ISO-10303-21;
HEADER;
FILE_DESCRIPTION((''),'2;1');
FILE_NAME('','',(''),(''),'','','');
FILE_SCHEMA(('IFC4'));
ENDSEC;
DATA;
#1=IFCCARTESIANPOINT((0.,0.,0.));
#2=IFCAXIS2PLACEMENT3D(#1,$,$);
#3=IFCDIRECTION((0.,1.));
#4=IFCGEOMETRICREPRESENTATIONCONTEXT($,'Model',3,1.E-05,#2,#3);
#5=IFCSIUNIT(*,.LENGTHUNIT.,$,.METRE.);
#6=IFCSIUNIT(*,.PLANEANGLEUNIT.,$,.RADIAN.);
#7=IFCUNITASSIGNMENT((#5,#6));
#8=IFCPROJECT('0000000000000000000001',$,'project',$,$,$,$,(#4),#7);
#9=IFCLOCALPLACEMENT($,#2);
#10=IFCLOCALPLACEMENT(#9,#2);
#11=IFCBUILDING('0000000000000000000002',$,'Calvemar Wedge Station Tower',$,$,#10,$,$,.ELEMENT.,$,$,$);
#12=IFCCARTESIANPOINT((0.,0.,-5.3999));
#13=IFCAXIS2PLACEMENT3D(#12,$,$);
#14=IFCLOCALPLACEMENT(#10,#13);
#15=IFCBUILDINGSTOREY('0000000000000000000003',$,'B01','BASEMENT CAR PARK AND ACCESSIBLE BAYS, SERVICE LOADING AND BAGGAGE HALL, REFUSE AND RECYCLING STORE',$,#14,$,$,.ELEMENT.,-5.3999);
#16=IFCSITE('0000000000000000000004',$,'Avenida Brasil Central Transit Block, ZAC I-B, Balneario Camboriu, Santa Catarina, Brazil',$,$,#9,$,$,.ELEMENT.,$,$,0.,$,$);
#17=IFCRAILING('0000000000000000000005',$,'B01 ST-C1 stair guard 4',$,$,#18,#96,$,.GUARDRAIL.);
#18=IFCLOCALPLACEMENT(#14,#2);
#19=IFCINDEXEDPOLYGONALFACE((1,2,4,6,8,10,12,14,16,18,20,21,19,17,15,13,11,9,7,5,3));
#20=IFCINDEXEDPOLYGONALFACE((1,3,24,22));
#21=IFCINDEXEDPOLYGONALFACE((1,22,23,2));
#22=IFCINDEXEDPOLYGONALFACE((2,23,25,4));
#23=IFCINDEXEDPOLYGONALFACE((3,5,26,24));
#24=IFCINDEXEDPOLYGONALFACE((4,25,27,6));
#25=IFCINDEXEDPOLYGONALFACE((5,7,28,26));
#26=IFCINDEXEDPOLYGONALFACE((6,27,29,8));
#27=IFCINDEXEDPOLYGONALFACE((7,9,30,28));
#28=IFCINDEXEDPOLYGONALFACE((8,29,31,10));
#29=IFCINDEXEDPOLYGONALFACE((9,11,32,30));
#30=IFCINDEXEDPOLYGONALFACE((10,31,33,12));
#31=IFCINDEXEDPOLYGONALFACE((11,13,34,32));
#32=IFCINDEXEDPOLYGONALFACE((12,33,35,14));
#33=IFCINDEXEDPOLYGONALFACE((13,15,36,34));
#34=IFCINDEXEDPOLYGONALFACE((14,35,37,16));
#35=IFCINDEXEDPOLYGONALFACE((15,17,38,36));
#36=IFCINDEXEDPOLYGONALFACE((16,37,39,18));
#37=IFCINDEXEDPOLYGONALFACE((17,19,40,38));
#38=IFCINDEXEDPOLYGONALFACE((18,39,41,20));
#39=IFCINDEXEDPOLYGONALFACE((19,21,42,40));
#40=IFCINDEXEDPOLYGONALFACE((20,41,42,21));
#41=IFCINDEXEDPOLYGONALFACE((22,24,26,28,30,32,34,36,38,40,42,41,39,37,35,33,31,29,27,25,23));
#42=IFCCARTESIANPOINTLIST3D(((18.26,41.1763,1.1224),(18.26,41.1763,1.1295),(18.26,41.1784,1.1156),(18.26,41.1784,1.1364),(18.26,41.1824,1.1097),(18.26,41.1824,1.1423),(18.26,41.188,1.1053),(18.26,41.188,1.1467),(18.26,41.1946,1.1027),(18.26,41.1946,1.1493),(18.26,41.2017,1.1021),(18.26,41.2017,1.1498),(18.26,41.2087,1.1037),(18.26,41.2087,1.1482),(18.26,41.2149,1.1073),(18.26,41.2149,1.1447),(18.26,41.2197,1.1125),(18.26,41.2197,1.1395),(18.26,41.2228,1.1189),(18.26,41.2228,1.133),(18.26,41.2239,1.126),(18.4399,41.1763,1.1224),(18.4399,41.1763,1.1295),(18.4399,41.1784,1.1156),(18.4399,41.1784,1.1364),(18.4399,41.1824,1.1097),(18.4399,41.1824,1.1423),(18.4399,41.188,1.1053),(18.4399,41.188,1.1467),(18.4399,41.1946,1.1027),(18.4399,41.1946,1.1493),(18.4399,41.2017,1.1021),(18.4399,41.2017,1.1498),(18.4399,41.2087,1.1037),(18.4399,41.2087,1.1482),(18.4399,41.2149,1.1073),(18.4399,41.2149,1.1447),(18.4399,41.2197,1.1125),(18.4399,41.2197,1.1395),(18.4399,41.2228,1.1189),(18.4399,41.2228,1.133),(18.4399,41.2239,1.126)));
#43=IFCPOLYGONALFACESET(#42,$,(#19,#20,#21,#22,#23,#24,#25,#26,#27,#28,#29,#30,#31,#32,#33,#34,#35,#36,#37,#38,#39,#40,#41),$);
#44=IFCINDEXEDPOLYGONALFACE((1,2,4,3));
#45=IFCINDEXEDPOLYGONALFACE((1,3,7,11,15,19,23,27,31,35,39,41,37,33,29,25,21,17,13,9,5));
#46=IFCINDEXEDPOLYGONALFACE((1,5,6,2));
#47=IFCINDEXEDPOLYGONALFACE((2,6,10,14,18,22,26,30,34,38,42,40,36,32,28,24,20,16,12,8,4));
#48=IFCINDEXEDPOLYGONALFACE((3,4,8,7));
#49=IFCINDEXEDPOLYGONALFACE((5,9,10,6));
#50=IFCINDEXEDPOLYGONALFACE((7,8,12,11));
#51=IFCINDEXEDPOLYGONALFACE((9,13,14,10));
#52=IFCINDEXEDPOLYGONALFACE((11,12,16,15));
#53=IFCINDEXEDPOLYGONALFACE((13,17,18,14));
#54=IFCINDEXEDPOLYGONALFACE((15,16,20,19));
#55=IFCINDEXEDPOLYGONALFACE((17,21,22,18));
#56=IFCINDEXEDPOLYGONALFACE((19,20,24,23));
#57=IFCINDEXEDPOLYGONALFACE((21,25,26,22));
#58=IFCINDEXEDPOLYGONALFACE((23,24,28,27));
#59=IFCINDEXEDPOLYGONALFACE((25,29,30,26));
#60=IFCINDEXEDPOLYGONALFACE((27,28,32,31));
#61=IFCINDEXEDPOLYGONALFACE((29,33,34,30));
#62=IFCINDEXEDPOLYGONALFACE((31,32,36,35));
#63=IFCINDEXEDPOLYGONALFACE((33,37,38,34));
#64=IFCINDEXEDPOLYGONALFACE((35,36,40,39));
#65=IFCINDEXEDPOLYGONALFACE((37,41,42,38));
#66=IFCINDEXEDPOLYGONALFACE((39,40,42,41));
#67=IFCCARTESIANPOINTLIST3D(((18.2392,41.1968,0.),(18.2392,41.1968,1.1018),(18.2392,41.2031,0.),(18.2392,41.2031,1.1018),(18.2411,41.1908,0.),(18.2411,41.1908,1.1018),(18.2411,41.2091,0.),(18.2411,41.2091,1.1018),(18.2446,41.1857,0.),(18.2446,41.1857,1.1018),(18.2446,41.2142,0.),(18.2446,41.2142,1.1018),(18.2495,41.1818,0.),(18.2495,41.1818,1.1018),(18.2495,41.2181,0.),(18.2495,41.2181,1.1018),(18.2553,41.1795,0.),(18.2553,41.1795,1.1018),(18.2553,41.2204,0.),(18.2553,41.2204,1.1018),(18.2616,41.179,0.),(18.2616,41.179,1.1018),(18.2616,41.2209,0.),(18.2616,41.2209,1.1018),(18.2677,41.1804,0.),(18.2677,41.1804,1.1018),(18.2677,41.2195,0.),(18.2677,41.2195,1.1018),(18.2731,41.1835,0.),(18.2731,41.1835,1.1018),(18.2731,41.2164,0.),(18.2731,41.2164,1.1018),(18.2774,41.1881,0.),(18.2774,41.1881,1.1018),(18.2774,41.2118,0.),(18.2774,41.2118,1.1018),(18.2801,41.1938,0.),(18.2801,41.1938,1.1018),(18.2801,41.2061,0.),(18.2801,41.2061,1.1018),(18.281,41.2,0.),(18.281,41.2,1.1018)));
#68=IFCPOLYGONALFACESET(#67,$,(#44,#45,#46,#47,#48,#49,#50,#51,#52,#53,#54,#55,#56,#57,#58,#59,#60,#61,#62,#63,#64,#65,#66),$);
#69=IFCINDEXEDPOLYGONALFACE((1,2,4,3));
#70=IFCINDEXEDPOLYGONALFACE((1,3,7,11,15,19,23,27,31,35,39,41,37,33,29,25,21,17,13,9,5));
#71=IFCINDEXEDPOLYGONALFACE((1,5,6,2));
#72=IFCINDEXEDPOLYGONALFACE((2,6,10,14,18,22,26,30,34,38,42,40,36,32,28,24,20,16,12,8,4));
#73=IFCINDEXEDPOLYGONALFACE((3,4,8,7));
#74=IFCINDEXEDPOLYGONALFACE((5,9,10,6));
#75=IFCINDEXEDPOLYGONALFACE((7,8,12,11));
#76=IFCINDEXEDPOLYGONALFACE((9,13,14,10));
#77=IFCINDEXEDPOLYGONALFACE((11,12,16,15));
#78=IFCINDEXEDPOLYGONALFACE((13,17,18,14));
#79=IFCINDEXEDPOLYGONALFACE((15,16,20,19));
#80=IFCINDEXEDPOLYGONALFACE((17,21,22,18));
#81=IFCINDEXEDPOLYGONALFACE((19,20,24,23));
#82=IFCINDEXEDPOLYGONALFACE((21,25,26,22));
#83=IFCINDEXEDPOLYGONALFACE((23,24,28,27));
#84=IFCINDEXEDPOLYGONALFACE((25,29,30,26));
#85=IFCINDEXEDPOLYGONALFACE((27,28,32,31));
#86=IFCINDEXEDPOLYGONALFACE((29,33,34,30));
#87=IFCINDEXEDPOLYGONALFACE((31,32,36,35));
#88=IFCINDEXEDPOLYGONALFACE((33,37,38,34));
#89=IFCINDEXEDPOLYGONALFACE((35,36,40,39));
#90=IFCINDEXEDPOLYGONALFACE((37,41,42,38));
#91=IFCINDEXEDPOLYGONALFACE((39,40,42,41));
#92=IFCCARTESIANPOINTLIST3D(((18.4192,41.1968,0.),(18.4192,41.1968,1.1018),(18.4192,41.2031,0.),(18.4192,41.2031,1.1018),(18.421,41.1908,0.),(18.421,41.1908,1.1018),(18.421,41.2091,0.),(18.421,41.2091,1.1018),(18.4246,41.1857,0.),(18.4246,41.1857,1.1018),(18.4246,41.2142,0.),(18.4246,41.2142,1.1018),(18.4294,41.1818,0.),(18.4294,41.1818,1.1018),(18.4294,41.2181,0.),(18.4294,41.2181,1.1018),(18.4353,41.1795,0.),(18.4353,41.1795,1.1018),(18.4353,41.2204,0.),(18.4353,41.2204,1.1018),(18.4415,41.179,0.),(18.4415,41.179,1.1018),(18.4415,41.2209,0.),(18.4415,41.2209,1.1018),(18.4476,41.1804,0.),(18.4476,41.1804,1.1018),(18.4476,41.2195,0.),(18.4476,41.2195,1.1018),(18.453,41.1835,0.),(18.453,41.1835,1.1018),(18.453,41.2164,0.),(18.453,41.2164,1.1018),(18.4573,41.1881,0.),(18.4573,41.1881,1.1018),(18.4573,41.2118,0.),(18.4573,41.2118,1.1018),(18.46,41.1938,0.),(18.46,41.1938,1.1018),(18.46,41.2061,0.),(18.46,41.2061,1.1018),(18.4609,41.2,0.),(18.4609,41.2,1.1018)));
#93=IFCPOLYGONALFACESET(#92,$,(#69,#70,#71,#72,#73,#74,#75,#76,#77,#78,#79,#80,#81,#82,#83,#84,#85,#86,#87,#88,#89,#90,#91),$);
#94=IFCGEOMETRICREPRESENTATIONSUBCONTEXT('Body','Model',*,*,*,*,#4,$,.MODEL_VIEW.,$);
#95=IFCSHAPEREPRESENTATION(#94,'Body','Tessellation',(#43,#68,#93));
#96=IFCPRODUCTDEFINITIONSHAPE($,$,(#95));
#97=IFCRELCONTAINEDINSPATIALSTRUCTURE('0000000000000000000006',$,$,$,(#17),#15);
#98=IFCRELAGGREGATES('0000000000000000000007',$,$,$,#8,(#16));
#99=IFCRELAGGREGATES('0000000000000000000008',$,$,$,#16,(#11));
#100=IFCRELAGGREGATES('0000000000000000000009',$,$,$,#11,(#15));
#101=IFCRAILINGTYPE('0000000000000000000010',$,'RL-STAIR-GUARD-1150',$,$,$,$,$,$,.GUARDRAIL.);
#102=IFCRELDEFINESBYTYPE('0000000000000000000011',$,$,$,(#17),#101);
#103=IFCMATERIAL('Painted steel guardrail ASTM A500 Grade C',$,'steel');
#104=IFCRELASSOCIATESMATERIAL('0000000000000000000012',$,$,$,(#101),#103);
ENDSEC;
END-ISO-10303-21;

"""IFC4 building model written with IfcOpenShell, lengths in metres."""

from ifc_helpers import new_model, si_unit, direction, frame, origin, origin_2d, place, context, subcontext, project, spatial, circle, extrude, material, type_object, element, save


model = new_model("IFC4")

# Units and contexts
model_context = context("Model", 3, precision=1e-05, world=origin(), true_north=direction((0.0, 1.0)))
body_context = subcontext(model_context, "Body", "Model", "MODEL_VIEW")
ifc_project = project(units=[si_unit("LENGTHUNIT", "METRE"), si_unit("PLANEANGLEUNIT", "RADIAN")], contexts=[model_context])

# Site, building, storey
site_placement = place(None, origin())
site = spatial("IfcSite", under=ifc_project, at=site_placement, Name="Avenida Brasil Central Transit Block, ZAC I-B, Balneario Camboriu, Santa Catarina, Brazil", CompositionType="ELEMENT", RefElevation=0.0)
building_placement = place(site_placement, origin())
building = spatial("IfcBuilding", under=site, at=building_placement, Name="Calvemar Wedge Station Tower", CompositionType="ELEMENT")
storey_placement = place(building_placement, frame((0.0, 0.0, -5.3999)))
storey = spatial("IfcBuildingStorey", under=building, at=storey_placement, Name="B01", Description="BASEMENT CAR PARK AND ACCESSIBLE BAYS, SERVICE LOADING AND BAGGAGE HALL, REFUSE AND RECYCLING STORE", CompositionType="ELEMENT", Elevation=-5.3999)

# Railing
ifc_material_1 = material(Name="Painted steel guardrail ASTM A500 Grade C", Category="steel")
railing_type_1 = type_object("IfcRailingType", Name="RL-STAIR-GUARD-1150", PredefinedType="GUARDRAIL", material=ifc_material_1)
railing_1_placement = place(storey_placement, frame((18.26, 41.2, 0.0)))
element("IfcRailing", 1, at=railing_1_placement, inside=storey, type_object=railing_type_1, Name="B01 ST-C1 stair guard 4", PredefinedType="GUARDRAIL", context=body_context, shape_type="SweptSolid", body=[
    extrude(circle(Radius=0.0239, at=origin_2d()), frame((0.0, 0.0, 1.126), z_axis=(1.0, 0.0, 0.0), x_axis=(0.0, 1.0, 0.0)), (0.0, 0.0, 1.0), 0.1799),
    extrude(circle(Radius=0.021, at=origin_2d()), origin(), (0.0, 0.0, 1.0), 1.1018),
    extrude(circle(Radius=0.021, at=origin_2d()), frame((0.1799, 0.0, 0.0)), (0.0, 0.0, 1.0), 1.1018),
])

save(model, "model.ifc")
